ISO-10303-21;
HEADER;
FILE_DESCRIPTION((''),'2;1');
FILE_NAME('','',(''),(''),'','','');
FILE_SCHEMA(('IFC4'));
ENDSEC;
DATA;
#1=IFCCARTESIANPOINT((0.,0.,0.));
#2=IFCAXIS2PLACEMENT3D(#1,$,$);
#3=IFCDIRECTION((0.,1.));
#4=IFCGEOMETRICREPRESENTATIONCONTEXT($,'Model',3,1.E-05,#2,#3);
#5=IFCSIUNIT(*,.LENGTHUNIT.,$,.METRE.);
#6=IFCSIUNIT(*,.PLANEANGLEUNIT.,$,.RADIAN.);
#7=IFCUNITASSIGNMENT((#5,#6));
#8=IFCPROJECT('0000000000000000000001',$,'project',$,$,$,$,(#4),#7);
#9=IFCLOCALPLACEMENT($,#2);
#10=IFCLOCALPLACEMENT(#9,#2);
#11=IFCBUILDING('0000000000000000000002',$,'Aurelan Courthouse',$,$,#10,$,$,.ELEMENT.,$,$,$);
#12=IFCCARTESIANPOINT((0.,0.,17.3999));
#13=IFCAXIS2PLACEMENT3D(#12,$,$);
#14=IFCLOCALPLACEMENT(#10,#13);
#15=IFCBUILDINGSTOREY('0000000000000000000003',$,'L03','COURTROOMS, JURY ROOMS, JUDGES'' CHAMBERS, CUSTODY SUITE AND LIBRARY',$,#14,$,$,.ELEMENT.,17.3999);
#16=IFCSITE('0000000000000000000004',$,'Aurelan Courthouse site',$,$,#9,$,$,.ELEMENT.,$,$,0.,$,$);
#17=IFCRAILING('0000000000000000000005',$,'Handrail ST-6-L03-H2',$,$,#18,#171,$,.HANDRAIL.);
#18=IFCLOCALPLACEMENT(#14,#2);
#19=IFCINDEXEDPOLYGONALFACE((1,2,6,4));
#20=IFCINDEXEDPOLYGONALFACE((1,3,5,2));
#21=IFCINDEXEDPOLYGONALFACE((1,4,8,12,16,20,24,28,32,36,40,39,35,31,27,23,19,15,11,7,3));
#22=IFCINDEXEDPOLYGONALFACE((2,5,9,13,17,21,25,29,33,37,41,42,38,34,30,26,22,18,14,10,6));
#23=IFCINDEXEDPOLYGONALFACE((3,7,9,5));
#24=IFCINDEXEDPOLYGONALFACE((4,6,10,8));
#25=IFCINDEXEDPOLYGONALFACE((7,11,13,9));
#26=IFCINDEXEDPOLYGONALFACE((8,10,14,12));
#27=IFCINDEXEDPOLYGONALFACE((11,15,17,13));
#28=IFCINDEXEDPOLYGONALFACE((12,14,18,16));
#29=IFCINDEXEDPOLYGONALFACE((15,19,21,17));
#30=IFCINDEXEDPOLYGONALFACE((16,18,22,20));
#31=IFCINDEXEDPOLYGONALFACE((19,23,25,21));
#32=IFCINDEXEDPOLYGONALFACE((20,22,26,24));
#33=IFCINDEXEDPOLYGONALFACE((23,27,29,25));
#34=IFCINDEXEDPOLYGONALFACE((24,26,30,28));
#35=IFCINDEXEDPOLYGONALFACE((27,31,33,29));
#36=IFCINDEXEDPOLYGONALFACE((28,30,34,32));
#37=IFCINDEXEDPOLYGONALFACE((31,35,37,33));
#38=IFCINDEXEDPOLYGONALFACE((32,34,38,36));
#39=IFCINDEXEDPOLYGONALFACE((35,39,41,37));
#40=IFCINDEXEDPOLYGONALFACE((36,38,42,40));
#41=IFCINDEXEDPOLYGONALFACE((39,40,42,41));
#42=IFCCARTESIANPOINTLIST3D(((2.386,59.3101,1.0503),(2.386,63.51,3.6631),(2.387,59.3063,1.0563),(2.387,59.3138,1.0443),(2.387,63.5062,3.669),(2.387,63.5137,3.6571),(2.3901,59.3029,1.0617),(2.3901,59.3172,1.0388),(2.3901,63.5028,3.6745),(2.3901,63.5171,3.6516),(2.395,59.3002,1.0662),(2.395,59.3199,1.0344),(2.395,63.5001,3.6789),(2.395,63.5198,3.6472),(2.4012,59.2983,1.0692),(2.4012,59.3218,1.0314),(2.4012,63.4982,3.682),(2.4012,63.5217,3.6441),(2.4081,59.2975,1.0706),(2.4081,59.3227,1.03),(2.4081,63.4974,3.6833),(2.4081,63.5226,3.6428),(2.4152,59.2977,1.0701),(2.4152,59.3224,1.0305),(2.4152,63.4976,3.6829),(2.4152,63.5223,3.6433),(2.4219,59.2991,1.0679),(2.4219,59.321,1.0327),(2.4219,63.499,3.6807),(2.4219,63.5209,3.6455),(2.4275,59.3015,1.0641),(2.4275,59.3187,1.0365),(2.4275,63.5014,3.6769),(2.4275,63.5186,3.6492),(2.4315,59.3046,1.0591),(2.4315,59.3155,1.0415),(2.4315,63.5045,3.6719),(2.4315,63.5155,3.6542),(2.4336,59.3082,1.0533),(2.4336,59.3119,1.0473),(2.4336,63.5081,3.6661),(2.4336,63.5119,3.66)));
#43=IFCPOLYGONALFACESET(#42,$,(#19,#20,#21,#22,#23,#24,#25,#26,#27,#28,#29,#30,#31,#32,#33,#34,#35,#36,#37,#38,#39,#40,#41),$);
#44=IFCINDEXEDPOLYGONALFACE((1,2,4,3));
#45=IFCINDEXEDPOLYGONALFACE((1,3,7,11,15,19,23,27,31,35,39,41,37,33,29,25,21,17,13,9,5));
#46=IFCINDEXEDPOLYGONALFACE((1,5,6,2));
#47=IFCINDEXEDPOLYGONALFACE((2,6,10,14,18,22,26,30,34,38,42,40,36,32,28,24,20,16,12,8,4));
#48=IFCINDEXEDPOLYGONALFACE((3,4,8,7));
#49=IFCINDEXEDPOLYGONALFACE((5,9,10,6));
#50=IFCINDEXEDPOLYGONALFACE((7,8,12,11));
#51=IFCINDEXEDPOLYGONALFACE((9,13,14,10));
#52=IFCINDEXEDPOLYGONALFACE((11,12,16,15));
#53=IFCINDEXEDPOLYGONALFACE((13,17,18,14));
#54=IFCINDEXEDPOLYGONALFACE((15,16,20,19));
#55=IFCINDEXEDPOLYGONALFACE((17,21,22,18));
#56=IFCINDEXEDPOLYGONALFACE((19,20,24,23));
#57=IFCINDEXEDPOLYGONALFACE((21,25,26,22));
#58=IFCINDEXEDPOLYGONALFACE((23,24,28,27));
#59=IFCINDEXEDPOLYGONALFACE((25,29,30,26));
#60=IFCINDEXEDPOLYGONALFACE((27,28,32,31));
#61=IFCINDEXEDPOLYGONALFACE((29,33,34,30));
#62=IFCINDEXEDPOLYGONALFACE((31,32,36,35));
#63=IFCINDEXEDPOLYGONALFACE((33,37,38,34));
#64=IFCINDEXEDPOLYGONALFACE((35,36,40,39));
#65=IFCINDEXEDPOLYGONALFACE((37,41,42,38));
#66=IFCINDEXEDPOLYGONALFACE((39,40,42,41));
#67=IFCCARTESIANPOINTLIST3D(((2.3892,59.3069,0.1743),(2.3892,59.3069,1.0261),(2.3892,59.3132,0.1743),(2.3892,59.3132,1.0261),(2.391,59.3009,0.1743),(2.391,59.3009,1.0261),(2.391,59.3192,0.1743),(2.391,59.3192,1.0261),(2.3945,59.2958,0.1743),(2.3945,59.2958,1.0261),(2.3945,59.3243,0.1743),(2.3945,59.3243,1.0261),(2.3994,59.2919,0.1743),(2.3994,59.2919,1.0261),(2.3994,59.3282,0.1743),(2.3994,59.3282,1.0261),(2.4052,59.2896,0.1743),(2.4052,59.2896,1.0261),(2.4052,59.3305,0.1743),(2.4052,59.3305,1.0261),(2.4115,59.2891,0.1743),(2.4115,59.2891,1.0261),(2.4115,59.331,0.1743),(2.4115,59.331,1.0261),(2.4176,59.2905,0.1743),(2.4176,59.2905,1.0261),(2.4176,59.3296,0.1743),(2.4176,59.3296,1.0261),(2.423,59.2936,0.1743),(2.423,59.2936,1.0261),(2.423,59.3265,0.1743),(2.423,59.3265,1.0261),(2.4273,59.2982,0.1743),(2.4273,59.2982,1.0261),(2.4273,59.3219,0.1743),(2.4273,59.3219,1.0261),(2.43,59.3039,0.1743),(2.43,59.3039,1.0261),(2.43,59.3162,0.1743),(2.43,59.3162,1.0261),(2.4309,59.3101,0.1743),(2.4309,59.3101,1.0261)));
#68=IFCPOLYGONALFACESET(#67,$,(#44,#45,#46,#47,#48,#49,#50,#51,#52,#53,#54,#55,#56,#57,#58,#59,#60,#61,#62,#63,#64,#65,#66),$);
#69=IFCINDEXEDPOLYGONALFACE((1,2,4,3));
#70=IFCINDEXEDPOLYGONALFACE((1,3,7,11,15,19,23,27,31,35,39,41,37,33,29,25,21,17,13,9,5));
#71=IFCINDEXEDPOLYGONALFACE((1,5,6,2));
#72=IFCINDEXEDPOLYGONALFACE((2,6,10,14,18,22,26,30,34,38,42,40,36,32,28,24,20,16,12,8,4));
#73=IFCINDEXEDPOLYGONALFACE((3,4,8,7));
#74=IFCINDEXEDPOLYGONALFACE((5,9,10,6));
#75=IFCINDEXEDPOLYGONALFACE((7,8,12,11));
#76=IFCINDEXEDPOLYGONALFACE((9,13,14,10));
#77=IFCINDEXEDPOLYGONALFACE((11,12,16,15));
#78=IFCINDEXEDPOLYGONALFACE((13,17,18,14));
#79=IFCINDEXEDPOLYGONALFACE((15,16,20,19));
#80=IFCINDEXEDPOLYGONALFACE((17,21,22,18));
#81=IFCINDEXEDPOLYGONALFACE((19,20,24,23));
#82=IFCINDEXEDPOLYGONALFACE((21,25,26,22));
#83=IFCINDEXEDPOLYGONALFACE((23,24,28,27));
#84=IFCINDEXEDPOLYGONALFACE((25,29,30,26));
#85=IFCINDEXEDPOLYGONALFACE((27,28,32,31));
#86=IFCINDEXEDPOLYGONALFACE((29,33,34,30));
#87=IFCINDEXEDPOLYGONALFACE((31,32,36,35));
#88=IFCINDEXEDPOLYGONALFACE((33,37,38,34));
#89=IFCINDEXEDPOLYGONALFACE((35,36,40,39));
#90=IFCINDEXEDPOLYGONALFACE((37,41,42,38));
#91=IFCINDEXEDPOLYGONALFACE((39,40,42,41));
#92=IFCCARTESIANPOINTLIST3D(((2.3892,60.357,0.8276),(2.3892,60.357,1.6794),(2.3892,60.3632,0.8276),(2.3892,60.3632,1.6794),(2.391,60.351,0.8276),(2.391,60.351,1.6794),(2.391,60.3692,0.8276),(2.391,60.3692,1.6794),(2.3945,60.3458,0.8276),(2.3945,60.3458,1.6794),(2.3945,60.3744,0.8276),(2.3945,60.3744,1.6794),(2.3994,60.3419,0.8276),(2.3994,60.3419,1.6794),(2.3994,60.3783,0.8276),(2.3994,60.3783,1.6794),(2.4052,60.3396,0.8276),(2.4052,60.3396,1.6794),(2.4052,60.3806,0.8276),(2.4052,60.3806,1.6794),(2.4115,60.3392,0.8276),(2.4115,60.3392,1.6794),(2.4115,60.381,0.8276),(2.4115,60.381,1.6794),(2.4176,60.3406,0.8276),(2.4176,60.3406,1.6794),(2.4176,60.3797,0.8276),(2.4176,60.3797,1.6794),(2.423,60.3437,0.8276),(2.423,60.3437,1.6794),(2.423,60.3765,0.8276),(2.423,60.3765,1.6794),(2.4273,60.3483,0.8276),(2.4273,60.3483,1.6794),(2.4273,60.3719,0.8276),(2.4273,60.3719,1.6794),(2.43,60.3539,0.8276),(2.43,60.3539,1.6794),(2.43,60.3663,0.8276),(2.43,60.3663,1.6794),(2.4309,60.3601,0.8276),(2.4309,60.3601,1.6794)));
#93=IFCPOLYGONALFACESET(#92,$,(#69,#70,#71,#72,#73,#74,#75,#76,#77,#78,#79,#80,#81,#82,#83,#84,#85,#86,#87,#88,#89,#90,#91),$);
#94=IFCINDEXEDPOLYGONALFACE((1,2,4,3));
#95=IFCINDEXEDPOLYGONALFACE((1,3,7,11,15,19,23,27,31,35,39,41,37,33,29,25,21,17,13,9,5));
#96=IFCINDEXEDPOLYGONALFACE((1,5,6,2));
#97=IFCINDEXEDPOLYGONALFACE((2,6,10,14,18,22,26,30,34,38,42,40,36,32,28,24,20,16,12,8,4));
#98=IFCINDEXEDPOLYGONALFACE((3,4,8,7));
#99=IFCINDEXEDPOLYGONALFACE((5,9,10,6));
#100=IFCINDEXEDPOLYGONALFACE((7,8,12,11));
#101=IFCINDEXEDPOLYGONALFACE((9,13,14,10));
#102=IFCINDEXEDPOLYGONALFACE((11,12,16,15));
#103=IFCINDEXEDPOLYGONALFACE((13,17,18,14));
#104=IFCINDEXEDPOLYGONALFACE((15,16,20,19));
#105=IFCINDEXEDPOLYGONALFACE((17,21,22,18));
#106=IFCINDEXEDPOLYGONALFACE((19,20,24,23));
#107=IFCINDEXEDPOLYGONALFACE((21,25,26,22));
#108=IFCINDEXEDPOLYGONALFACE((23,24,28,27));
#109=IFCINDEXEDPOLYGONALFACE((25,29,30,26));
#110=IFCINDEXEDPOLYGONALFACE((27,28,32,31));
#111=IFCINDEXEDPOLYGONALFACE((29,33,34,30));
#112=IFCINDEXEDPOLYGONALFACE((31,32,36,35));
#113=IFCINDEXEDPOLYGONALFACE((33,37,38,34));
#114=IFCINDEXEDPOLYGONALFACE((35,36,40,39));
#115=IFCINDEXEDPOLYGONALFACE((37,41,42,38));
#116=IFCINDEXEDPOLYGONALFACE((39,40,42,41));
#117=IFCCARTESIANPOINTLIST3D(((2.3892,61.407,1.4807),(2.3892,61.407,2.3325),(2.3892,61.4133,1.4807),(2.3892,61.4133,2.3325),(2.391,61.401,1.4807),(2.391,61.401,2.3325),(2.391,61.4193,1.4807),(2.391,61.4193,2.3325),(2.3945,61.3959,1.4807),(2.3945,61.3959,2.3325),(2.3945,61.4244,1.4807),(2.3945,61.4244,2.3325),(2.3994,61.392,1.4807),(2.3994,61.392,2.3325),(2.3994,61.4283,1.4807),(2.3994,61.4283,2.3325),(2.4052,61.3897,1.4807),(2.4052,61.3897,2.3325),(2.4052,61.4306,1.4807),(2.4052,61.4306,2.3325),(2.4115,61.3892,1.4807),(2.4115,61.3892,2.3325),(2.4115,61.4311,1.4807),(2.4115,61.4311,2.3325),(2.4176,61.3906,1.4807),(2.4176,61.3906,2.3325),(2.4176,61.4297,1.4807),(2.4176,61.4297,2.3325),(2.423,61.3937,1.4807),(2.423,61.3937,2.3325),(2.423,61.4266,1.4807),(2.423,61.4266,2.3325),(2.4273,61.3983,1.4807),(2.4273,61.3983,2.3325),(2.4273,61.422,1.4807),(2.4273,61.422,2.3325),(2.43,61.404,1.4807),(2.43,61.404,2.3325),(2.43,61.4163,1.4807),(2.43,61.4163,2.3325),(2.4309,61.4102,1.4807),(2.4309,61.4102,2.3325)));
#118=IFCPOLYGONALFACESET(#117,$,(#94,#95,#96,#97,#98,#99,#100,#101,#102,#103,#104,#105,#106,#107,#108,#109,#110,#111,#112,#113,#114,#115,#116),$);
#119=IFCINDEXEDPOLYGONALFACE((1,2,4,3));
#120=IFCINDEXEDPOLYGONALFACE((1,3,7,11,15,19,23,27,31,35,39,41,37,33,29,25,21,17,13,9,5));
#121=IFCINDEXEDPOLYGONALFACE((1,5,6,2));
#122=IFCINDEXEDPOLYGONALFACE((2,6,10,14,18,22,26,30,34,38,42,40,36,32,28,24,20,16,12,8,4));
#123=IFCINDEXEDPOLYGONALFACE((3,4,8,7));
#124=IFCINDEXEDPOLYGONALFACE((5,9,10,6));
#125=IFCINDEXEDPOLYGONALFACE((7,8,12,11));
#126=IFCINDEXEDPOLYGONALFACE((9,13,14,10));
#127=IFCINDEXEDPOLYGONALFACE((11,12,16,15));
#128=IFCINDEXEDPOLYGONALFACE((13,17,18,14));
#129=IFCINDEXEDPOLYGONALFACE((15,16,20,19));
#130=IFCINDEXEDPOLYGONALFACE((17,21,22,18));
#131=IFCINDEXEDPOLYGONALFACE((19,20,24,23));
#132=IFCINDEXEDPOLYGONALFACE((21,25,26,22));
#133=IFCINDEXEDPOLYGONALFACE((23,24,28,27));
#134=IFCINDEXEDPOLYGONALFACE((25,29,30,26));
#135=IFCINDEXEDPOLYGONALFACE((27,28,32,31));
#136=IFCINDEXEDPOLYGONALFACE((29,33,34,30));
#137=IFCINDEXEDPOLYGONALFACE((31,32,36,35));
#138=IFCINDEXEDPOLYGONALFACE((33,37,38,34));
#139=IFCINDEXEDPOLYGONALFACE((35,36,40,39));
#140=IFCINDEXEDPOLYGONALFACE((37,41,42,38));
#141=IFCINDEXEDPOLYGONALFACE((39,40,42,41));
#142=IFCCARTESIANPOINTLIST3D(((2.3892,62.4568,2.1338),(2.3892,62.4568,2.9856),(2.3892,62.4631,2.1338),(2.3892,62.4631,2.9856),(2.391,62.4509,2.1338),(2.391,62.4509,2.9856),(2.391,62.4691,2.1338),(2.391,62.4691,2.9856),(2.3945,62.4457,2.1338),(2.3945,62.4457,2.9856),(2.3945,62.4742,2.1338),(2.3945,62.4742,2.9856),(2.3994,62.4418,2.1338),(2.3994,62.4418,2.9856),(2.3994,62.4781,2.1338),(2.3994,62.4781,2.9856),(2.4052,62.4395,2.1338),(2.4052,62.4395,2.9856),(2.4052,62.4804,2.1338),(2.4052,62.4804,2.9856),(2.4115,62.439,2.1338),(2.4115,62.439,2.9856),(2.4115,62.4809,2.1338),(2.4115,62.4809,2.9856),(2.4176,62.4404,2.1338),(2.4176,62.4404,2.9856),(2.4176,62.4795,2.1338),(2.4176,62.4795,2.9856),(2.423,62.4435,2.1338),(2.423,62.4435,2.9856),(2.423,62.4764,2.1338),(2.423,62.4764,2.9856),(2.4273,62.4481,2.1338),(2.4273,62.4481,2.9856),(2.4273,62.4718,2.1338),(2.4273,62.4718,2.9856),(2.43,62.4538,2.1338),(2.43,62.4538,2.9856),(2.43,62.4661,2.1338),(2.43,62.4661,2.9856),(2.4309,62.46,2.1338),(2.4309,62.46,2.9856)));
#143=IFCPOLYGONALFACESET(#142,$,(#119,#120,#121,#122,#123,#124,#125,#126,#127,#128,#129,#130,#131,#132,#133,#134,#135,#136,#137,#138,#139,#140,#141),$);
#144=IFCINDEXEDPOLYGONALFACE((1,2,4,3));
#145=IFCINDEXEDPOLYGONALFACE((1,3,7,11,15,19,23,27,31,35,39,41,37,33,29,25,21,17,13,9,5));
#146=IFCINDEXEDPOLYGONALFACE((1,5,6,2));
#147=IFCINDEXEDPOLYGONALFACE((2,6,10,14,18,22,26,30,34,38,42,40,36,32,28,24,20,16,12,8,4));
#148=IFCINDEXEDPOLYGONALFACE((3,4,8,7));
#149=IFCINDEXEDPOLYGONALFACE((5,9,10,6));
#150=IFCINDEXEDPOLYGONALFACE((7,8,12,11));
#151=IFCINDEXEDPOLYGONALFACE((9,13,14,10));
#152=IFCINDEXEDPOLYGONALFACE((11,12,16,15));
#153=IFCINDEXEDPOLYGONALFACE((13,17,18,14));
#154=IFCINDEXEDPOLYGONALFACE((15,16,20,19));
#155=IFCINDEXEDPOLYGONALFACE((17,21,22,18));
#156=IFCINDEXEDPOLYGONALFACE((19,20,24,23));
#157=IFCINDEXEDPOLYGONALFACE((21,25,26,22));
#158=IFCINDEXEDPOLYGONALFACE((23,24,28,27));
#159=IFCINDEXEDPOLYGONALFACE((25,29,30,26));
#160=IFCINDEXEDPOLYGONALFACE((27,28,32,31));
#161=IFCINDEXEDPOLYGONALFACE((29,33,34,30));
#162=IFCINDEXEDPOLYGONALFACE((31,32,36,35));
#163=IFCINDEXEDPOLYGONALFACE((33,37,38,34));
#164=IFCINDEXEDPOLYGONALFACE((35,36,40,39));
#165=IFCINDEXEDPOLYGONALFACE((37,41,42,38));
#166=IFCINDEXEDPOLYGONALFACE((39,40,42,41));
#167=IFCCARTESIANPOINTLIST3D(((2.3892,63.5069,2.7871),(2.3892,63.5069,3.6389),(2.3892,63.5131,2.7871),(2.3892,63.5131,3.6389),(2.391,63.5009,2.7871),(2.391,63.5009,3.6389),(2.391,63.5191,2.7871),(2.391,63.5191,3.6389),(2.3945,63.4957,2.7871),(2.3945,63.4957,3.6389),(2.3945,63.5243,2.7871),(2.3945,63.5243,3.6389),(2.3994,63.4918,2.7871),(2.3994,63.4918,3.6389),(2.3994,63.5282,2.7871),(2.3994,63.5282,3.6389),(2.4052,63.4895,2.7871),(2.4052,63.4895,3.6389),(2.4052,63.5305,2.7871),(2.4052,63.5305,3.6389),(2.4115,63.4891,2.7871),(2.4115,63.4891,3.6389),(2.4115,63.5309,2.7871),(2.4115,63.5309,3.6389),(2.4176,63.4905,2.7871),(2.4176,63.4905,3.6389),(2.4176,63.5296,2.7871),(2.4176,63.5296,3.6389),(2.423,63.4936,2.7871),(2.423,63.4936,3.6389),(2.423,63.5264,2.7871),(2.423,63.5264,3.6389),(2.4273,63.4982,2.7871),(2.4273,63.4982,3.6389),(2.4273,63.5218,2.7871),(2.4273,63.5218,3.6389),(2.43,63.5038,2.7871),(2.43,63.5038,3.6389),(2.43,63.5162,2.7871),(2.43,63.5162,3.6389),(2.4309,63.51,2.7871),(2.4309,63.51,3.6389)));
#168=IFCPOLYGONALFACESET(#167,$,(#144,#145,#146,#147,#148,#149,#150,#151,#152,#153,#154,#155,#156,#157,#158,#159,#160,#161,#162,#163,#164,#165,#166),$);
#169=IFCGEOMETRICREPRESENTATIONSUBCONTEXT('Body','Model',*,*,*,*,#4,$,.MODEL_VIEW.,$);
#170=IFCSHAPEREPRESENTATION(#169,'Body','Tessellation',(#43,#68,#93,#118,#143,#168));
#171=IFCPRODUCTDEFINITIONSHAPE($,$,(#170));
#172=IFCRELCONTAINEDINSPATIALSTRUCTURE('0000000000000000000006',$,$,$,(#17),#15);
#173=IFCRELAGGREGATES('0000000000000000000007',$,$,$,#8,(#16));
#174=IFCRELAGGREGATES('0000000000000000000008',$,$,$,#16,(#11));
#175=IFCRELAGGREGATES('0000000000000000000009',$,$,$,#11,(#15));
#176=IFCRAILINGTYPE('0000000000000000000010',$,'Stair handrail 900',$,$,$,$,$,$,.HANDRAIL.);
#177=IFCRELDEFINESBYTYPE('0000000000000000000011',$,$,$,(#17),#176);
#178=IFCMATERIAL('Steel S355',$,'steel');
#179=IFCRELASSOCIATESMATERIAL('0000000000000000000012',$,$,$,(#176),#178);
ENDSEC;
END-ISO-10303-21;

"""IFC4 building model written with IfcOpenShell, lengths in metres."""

from ifc_helpers import new_model, si_unit, direction, frame, origin, origin_2d, place, context, subcontext, project, spatial, circle, extrude, material, type_object, element, save


model = new_model("IFC4")

# Units and contexts
model_context = context("Model", 3, precision=1e-05, world=origin(), true_north=direction((0.0, 1.0)))
body_context = subcontext(model_context, "Body", "Model", "MODEL_VIEW")
ifc_project = project(units=[si_unit("LENGTHUNIT", "METRE"), si_unit("PLANEANGLEUNIT", "RADIAN")], contexts=[model_context])

# Site, building, storey
site_placement = place(None, origin())
site = spatial("IfcSite", under=ifc_project, at=site_placement, Name="Aurelan Courthouse site", CompositionType="ELEMENT", RefElevation=0.0)
building_placement = place(site_placement, origin())
building = spatial("IfcBuilding", under=site, at=building_placement, Name="Aurelan Courthouse", CompositionType="ELEMENT")
storey_placement = place(building_placement, frame((0.0, 0.0, 17.3999)))
storey = spatial("IfcBuildingStorey", under=building, at=storey_placement, Name="L03", Description="COURTROOMS, JURY ROOMS, JUDGES' CHAMBERS, CUSTODY SUITE AND LIBRARY", CompositionType="ELEMENT", Elevation=17.3999)

# Shared definitions
ifc_material_1 = material(Name="Steel S355", Category="steel")

# Railing
railing_type_1 = type_object("IfcRailingType", Name="Stair handrail 900", PredefinedType="HANDRAIL", material=ifc_material_1)
for number, where, name in (
    (1, (2.4099, 59.3101, 0.1743), "Handrail ST-6-L03-H2"),
):
    element("IfcRailing", number, at=place(storey_placement, frame(where)), inside=storey, type_object=railing_type_1, Name=name, PredefinedType="HANDRAIL", context=body_context, shape_type="SweptSolid", body=[
        extrude(circle(Radius=0.0239, at=origin_2d()), frame((0.0, 0.0, 0.876), z_axis=(0.0, 0.849103, 0.528228), x_axis=(-1.0, 0.0, 0.0)), (0.0, 0.0, 1.0), 4.9463),
        extrude(circle(Radius=0.021, at=origin_2d()), origin(), (0.0, 0.0, 1.0), 0.8518),
        extrude(circle(Radius=0.021, at=origin_2d()), frame((0.0, 1.05, 0.6533)), (0.0, 0.0, 1.0), 0.8518),
        extrude(circle(Radius=0.021, at=origin_2d()), frame((0.0, 2.1001, 1.3064)), (0.0, 0.0, 1.0), 0.8518),
        extrude(circle(Radius=0.021, at=origin_2d()), frame((0.0, 3.1499, 1.9595)), (0.0, 0.0, 1.0), 0.8518),
        extrude(circle(Radius=0.021, at=origin_2d()), frame((0.0, 4.2, 2.6128)), (0.0, 0.0, 1.0), 0.8518),
    ])

save(model, "model.ifc")
